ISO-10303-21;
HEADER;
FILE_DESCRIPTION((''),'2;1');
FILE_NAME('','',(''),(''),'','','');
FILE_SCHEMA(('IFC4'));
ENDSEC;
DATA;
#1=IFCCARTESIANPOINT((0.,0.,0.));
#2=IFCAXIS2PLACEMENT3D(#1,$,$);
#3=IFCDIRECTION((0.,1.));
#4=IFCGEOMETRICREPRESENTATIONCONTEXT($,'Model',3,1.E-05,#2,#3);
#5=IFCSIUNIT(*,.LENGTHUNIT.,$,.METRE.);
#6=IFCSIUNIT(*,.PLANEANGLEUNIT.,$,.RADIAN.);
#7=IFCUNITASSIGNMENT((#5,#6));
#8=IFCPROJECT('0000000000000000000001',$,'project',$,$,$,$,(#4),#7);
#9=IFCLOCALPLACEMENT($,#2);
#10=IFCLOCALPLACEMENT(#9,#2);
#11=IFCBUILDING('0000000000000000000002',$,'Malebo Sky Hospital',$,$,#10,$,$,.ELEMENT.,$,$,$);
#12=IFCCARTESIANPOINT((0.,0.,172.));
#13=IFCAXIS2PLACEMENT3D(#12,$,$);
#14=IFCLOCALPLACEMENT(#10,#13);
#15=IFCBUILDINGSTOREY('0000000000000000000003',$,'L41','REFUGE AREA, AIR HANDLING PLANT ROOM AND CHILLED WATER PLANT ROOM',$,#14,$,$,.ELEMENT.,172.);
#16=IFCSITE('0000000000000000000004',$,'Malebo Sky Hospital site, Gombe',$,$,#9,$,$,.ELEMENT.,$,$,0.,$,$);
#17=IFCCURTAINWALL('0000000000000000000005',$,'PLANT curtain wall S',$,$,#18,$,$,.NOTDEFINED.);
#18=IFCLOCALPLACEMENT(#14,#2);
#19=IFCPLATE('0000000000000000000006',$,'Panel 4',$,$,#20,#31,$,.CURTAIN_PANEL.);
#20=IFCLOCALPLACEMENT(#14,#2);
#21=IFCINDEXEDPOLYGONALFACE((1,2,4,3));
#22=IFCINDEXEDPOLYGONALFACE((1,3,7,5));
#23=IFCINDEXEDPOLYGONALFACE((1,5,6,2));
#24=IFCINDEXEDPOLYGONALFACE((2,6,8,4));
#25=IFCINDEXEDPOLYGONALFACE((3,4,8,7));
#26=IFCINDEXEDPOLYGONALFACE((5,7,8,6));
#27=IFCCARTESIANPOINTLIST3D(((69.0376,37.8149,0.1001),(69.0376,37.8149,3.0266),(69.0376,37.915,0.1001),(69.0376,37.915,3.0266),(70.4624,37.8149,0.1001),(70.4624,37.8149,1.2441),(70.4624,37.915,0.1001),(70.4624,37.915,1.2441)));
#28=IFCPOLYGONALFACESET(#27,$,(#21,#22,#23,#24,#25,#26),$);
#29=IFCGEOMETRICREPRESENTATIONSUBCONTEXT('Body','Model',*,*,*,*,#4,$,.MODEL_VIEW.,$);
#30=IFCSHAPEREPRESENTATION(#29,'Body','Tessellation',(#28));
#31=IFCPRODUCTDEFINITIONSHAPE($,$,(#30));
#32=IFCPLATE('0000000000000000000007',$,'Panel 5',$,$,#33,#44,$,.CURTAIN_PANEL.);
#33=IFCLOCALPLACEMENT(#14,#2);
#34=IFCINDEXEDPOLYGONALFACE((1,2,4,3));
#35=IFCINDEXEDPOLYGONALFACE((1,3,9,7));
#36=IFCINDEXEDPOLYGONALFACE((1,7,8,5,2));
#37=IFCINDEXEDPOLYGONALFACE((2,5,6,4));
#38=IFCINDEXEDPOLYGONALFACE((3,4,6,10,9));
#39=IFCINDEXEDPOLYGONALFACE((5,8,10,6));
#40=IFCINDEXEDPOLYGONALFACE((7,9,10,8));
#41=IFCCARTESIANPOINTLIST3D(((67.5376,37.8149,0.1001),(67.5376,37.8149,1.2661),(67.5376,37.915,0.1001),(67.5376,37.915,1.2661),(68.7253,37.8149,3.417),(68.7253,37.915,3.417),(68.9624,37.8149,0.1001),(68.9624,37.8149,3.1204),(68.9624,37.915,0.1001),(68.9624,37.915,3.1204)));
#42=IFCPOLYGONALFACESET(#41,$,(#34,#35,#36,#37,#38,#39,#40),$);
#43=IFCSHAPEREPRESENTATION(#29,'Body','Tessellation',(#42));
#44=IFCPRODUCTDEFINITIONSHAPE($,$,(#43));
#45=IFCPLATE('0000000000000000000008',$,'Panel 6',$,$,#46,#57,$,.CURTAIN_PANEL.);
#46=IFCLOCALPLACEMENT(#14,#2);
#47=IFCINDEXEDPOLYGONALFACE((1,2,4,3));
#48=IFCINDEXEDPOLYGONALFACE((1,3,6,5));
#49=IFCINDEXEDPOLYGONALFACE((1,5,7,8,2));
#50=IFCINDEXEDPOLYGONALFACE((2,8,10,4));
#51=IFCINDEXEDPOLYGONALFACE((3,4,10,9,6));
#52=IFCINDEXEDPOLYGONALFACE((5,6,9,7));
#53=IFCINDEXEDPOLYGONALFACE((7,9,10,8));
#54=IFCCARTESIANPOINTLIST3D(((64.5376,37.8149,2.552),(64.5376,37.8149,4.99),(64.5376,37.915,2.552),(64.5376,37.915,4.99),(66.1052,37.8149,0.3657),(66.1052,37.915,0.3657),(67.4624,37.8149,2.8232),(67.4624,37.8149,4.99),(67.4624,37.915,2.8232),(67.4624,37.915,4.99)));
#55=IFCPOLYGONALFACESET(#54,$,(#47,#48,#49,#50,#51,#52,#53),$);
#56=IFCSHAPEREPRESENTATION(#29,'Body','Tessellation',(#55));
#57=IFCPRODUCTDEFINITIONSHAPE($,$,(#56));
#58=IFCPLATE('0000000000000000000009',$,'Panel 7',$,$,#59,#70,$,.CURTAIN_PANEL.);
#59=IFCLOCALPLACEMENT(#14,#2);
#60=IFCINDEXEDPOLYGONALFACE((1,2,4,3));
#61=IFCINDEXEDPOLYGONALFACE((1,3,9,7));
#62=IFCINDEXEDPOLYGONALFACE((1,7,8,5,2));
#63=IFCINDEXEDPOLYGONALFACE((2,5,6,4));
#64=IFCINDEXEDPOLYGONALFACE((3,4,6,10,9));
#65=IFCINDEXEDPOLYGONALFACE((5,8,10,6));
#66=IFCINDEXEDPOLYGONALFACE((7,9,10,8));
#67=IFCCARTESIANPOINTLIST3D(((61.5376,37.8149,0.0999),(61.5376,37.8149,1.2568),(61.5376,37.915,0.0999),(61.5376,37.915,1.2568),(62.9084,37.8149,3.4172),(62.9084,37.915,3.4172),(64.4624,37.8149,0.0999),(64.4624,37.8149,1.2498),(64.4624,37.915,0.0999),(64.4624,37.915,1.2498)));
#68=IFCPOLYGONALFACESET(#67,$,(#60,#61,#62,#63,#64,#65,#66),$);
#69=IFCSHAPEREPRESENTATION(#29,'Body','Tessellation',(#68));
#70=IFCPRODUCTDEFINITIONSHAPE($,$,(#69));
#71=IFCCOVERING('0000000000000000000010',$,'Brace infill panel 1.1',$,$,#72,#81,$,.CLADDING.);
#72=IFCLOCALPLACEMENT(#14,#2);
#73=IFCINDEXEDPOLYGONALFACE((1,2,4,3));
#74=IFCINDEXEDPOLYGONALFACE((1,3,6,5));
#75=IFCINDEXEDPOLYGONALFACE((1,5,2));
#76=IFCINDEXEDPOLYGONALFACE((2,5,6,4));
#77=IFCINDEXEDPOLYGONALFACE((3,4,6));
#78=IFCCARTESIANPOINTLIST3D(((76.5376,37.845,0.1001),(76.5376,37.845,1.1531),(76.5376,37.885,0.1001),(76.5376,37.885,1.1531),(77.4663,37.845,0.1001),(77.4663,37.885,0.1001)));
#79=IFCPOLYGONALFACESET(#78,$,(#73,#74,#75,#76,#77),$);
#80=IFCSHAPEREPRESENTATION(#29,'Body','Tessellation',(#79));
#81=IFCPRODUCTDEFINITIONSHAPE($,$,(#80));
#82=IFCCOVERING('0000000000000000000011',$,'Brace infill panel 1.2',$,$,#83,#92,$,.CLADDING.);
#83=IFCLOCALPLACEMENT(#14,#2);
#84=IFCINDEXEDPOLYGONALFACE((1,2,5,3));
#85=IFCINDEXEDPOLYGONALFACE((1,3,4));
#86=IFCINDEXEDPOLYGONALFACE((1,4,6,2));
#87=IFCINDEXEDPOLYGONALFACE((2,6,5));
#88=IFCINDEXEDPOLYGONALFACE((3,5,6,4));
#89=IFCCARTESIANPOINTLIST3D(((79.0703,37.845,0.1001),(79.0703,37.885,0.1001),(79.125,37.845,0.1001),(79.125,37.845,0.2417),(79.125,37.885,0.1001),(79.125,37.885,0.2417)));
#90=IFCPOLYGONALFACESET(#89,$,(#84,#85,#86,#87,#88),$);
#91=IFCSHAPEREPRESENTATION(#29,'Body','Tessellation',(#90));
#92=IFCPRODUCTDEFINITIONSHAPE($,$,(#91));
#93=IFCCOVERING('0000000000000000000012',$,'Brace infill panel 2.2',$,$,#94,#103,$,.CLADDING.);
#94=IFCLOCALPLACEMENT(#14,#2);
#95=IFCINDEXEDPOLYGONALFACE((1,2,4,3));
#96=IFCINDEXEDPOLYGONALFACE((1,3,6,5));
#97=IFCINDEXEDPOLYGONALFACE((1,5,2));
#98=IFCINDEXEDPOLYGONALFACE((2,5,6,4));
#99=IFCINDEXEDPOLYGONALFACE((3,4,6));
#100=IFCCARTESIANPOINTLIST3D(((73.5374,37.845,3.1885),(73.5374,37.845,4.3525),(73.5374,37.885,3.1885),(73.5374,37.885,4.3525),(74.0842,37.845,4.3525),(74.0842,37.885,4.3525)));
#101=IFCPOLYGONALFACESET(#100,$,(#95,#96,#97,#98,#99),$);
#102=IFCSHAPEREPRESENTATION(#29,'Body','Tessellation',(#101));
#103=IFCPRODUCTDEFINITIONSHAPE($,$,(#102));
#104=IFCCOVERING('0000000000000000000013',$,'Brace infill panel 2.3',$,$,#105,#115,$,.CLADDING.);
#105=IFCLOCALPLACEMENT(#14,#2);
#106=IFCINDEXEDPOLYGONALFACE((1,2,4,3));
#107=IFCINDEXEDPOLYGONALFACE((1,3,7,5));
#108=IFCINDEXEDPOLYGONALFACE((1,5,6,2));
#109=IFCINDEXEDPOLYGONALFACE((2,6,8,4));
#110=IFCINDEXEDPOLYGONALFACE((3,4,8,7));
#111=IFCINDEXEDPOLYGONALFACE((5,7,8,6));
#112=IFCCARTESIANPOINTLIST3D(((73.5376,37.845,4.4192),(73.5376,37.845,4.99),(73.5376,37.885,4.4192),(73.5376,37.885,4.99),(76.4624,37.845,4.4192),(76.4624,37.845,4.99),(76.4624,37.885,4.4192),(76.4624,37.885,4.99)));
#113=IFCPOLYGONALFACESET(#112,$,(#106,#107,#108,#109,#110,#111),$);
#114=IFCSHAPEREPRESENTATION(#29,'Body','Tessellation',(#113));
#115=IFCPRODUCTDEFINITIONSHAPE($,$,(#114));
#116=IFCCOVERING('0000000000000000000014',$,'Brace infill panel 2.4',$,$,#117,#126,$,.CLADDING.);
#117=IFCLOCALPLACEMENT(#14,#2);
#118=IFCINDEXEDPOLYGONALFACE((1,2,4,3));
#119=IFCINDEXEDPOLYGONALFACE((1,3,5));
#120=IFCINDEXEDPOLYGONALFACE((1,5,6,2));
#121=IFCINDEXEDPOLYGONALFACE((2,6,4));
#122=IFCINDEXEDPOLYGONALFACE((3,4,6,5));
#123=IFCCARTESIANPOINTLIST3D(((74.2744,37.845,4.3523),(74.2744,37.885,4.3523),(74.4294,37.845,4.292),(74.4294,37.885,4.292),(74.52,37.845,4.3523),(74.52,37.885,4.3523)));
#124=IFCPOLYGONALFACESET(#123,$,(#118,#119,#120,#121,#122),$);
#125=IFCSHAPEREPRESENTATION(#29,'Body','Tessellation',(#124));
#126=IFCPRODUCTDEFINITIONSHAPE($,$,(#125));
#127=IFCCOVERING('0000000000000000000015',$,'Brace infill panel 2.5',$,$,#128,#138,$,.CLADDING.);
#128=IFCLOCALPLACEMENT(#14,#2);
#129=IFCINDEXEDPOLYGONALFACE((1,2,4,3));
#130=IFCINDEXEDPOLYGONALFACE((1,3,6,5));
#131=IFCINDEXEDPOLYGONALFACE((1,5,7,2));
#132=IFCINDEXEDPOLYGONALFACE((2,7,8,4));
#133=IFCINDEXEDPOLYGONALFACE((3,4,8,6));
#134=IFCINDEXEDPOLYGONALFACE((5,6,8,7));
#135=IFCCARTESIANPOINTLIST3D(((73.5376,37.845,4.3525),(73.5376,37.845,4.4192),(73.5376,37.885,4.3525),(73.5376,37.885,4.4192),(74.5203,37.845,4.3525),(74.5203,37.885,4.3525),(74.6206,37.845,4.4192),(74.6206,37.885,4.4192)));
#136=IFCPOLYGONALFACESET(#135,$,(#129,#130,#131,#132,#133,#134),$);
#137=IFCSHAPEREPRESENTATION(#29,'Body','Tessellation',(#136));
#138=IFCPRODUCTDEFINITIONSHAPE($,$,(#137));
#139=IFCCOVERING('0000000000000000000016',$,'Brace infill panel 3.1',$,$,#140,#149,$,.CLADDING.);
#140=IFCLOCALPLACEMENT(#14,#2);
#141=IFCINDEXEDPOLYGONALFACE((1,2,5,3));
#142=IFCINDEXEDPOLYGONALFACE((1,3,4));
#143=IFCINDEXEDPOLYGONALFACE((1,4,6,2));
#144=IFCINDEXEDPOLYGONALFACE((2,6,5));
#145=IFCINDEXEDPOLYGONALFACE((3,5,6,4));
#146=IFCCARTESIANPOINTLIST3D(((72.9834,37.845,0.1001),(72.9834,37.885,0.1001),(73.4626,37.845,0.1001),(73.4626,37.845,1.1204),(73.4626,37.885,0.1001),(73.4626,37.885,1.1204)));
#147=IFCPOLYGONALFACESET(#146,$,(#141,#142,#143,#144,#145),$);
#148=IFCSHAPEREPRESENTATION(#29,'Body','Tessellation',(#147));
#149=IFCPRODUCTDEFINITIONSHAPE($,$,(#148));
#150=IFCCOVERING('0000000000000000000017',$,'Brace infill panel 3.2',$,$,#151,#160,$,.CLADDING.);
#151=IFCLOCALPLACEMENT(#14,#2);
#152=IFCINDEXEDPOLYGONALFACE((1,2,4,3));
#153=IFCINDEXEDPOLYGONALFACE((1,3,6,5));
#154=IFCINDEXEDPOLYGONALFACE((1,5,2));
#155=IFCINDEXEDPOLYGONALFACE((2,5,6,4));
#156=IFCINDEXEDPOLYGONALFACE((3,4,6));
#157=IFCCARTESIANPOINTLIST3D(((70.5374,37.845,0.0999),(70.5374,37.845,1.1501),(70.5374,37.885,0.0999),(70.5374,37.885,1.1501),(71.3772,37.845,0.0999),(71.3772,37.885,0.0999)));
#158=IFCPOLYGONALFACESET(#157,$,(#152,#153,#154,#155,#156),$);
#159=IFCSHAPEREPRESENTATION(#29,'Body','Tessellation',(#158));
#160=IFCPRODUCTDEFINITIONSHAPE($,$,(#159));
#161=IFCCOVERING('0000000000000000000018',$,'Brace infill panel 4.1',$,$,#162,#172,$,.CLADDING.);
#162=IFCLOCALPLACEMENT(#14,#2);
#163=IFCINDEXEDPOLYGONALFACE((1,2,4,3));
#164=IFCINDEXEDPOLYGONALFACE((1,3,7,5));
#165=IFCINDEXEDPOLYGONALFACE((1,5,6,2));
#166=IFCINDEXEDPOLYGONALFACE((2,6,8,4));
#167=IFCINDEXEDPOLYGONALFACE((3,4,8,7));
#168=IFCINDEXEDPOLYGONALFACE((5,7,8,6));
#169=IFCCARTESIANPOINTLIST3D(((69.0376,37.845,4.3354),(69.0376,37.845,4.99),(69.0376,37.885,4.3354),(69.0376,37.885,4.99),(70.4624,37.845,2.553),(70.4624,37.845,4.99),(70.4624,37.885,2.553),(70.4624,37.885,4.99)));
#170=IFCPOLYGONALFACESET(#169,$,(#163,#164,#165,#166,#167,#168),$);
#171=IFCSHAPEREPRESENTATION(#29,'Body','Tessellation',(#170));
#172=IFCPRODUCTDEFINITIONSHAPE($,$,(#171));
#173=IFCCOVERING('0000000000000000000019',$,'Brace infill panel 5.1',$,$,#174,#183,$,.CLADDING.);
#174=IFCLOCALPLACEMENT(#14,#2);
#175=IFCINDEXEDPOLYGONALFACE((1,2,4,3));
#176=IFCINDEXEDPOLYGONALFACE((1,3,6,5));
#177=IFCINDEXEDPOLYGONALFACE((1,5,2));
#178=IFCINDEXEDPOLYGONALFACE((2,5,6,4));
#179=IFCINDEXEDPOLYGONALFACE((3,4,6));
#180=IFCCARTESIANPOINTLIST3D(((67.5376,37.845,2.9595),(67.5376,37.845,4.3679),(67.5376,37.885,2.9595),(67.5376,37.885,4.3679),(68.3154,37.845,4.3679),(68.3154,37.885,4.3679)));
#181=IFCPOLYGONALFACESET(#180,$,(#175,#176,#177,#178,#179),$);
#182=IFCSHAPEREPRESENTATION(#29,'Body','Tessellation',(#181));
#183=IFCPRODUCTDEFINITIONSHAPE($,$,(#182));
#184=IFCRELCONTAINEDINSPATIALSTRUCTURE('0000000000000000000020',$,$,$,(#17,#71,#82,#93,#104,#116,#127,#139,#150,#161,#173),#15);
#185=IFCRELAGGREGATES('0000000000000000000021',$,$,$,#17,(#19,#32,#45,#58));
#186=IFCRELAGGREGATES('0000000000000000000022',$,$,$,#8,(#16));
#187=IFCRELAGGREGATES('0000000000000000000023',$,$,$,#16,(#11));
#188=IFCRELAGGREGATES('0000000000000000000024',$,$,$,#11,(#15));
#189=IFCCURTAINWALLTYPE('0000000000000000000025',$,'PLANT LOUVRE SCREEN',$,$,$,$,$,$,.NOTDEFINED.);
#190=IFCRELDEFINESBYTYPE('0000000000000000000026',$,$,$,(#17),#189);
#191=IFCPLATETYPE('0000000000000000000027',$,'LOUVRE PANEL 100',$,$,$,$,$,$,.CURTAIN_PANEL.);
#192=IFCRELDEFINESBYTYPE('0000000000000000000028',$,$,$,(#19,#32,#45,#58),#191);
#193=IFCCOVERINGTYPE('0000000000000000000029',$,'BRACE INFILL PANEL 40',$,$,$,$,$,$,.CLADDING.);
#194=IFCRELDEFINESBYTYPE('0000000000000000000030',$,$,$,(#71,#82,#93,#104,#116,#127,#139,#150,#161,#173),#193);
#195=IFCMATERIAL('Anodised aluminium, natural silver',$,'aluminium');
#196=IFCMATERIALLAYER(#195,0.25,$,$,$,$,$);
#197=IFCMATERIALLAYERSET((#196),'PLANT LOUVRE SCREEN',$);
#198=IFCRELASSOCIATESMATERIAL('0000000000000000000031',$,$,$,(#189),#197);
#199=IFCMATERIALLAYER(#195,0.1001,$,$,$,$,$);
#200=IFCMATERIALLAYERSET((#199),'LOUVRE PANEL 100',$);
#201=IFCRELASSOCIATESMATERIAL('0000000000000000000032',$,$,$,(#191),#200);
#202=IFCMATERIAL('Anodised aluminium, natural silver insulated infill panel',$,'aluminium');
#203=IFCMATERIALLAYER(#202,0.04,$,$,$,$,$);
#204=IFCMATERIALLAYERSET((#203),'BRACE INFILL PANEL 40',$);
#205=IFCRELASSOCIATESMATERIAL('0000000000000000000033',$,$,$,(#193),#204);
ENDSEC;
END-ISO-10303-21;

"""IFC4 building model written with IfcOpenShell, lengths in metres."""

from ifc_helpers import new_model, si_unit, direction, frame, origin, place, context, subcontext, project, spatial, polyline, outline, extrude, material, layer, layer_set, type_object, element, aggregate, save


model = new_model("IFC4")

# Units and contexts
model_context = context("Model", 3, precision=1e-05, world=origin(), true_north=direction((0.0, 1.0)))
body_context = subcontext(model_context, "Body", "Model", "MODEL_VIEW")
ifc_project = project(units=[si_unit("LENGTHUNIT", "METRE"), si_unit("PLANEANGLEUNIT", "RADIAN")], contexts=[model_context])

# Site, building, storey
site_placement = place(None, origin())
site = spatial("IfcSite", under=ifc_project, at=site_placement, Name="Malebo Sky Hospital site, Gombe", CompositionType="ELEMENT", RefElevation=0.0)
building_placement = place(site_placement, origin())
building = spatial("IfcBuilding", under=site, at=building_placement, Name="Malebo Sky Hospital", CompositionType="ELEMENT")
storey_placement = place(building_placement, frame((0.0, 0.0, 172.0)))
storey = spatial("IfcBuildingStorey", under=building, at=storey_placement, Name="L41", Description="REFUGE AREA, AIR HANDLING PLANT ROOM AND CHILLED WATER PLANT ROOM", CompositionType="ELEMENT", Elevation=172.0)

# Curtain wall
ifc_material_1 = material(Name="Anodised aluminium, natural silver", Category="aluminium")
ifc_layer_1 = layer(ifc_material_1, 0.25)
ifc_layer_set_1 = layer_set([ifc_layer_1], Name="PLANT LOUVRE SCREEN")
curtain_wall_type = type_object("IfcCurtainWallType", Name="PLANT LOUVRE SCREEN", PredefinedType="NOTDEFINED", material=ifc_layer_set_1)
curtain_wall_placement = place(storey_placement, origin())
curtain_wall = element("IfcCurtainWall", 1, at=curtain_wall_placement, inside=storey, type_object=curtain_wall_type, Name="PLANT curtain wall S", PredefinedType="NOTDEFINED")

# Plates
ifc_layer_2 = layer(ifc_material_1, 0.1001)
ifc_layer_set_2 = layer_set([ifc_layer_2], Name="LOUVRE PANEL 100")
plate_type = type_object("IfcPlateType", Name="LOUVRE PANEL 100", PredefinedType="CURTAIN_PANEL", material=ifc_layer_set_2)
plate_1_placement = place(storey_placement, frame((69.75, 37.865, 0.1001), z_axis=(0.0, 0.0, 1.0), x_axis=(-1.0, 0.0, 0.0)))
plate_1 = element("IfcPlate", 2, at=plate_1_placement, type_object=plate_type, Name="Panel 4", PredefinedType="CURTAIN_PANEL", context=body_context, shape_type="SweptSolid", body=[
    extrude(outline(polyline([(-0.7124, 0.0), (0.7124, 0.0), (0.7124, 2.9265), (-0.7124, 1.144), (-0.7124, 0.0)])), frame((0.0, 0.05, 0.0), z_axis=(0.0, -1.0, 0.0), x_axis=(1.0, 0.0, 0.0)), (0.0, 0.0, 1.0), 0.1001),
])
plate_2_placement = place(storey_placement, frame((68.25, 37.865, 0.1001), z_axis=(0.0, 0.0, 1.0), x_axis=(-1.0, 0.0, 0.0)))
plate_2 = element("IfcPlate", 3, at=plate_2_placement, type_object=plate_type, Name="Panel 5", PredefinedType="CURTAIN_PANEL", context=body_context, shape_type="SweptSolid", body=[
    extrude(outline(polyline([(-0.7124, 0.0), (0.7124, 0.0), (0.7124, 1.166), (-0.4753, 3.3169), (-0.7124, 3.0203), (-0.7124, 0.0)])), frame((0.0, 0.05, 0.0), z_axis=(0.0, -1.0, 0.0), x_axis=(1.0, 0.0, 0.0)), (0.0, 0.0, 1.0), 0.1001),
])
plate_3_placement = place(storey_placement, frame((66.0, 37.865, 0.3657), z_axis=(0.0, 0.0, 1.0), x_axis=(-1.0, 0.0, 0.0)))
plate_3 = element("IfcPlate", 4, at=plate_3_placement, type_object=plate_type, Name="Panel 6", PredefinedType="CURTAIN_PANEL", context=body_context, shape_type="SweptSolid", body=[
    extrude(outline(polyline([(-0.1052, 0.0), (1.4624, 2.1863), (1.4624, 4.6243), (-1.4624, 4.6243), (-1.4624, 2.4575), (-0.1052, 0.0)])), frame((0.0, 0.05, 0.0), z_axis=(0.0, -1.0, 0.0), x_axis=(1.0, 0.0, 0.0)), (0.0, 0.0, 1.0), 0.1001),
])
plate_4_placement = place(storey_placement, frame((63.0, 37.865, 0.0999), z_axis=(0.0, 0.0, 1.0), x_axis=(-1.0, 0.0, 0.0)))
plate_4 = element("IfcPlate", 5, at=plate_4_placement, type_object=plate_type, Name="Panel 7", PredefinedType="CURTAIN_PANEL", context=body_context, shape_type="SweptSolid", body=[
    extrude(outline(polyline([(-1.4624, 0.0), (1.4624, 0.0), (1.4624, 1.157), (0.0916, 3.3174), (-1.4624, 1.1499), (-1.4624, 0.0)])), frame((0.0, 0.05, 0.0), z_axis=(0.0, -1.0, 0.0), x_axis=(1.0, 0.0, 0.0)), (0.0, 0.0, 1.0), 0.1001),
])
aggregate(curtain_wall, [plate_1, plate_2, plate_3, plate_4])

# Coverings
ifc_material_2 = material(Name="Anodised aluminium, natural silver insulated infill panel", Category="aluminium")
ifc_layer_3 = layer(ifc_material_2, 0.04)
ifc_layer_set_3 = layer_set([ifc_layer_3], Name="BRACE INFILL PANEL 40")
covering_type = type_object("IfcCoveringType", Name="BRACE INFILL PANEL 40", PredefinedType="CLADDING", material=ifc_layer_set_3)
covering_1_placement = place(storey_placement, frame((77.002, 37.865, 0.1001), z_axis=(0.0, 0.0, 1.0), x_axis=(-1.0, 0.0, 0.0)))
element("IfcCovering", 6, at=covering_1_placement, inside=storey, type_object=covering_type, Name="Brace infill panel 1.1", PredefinedType="CLADDING", context=body_context, shape_type="SweptSolid", body=[
    extrude(outline(polyline([(-0.4644, 0.0), (0.4644, 0.0), (0.4644, 1.053), (-0.4644, 0.0)])), frame((0.0, 0.02, 0.0), z_axis=(0.0, -1.0, 0.0), x_axis=(1.0, 0.0, 0.0)), (0.0, 0.0, 1.0), 0.04),
])
covering_2_placement = place(storey_placement, frame((79.0977, 37.865, 0.1001), z_axis=(0.0, 0.0, 1.0), x_axis=(-1.0, 0.0, 0.0)))
element("IfcCovering", 7, at=covering_2_placement, inside=storey, type_object=covering_type, Name="Brace infill panel 1.2", PredefinedType="CLADDING", context=body_context, shape_type="SweptSolid", body=[
    extrude(outline(polyline([(-0.0273, 0.0), (0.0273, 0.0), (-0.0273, 0.1416), (-0.0273, 0.0)])), frame((0.0, 0.02, 0.0), z_axis=(0.0, -1.0, 0.0), x_axis=(1.0, 0.0, 0.0)), (0.0, 0.0, 1.0), 0.04),
])
covering_3_placement = place(storey_placement, frame((73.8108, 37.865, 3.1885), z_axis=(0.0, 0.0, 1.0), x_axis=(-1.0, 0.0, 0.0)))
element("IfcCovering", 8, at=covering_3_placement, inside=storey, type_object=covering_type, Name="Brace infill panel 2.2", PredefinedType="CLADDING", context=body_context, shape_type="SweptSolid", body=[
    extrude(outline(polyline([(0.2734, 0.0), (0.2734, 1.1641), (-0.2734, 1.1641), (0.2734, 0.0)])), frame((0.0, 0.02, 0.0), z_axis=(0.0, -1.0, 0.0), x_axis=(1.0, 0.0, 0.0)), (0.0, 0.0, 1.0), 0.04),
])
covering_4_placement = place(storey_placement, frame((75.0, 37.865, 4.4192), z_axis=(0.0, 0.0, 1.0), x_axis=(-1.0, 0.0, 0.0)))
element("IfcCovering", 9, at=covering_4_placement, inside=storey, type_object=covering_type, Name="Brace infill panel 2.3", PredefinedType="CLADDING", context=body_context, shape_type="SweptSolid", body=[
    extrude(outline(polyline([(-1.4624, 0.0), (1.4624, 0.0), (1.4624, 0.5708), (-1.4624, 0.5708), (-1.4624, 0.0)])), frame((0.0, 0.02, 0.0), z_axis=(0.0, -1.0, 0.0), x_axis=(1.0, 0.0, 0.0)), (0.0, 0.0, 1.0), 0.04),
])
covering_5_placement = place(storey_placement, frame((74.3972, 37.865, 4.292), z_axis=(0.0, 0.0, 1.0), x_axis=(-1.0, 0.0, 0.0)))
element("IfcCovering", 10, at=covering_5_placement, inside=storey, type_object=covering_type, Name="Brace infill panel 2.4", PredefinedType="CLADDING", context=body_context, shape_type="SweptSolid", body=[
    extrude(outline(polyline([(-0.0322, 0.0), (0.1228, 0.0603), (-0.1228, 0.0603), (-0.0322, 0.0)])), frame((0.0, 0.02, 0.0), z_axis=(0.0, -1.0, 0.0), x_axis=(1.0, 0.0, 0.0)), (0.0, 0.0, 1.0), 0.04),
])
covering_6_placement = place(storey_placement, frame((74.0791, 37.865, 4.3525), z_axis=(0.0, 0.0, 1.0), x_axis=(-1.0, 0.0, 0.0)))
element("IfcCovering", 11, at=covering_6_placement, inside=storey, type_object=covering_type, Name="Brace infill panel 2.5", PredefinedType="CLADDING", context=body_context, shape_type="SweptSolid", body=[
    extrude(outline(polyline([(-0.4412, 0.0), (0.5415, 0.0), (0.5415, 0.0667), (-0.5415, 0.0667), (-0.4412, 0.0)])), frame((0.0, 0.02, 0.0), z_axis=(0.0, -1.0, 0.0), x_axis=(1.0, 0.0, 0.0)), (0.0, 0.0, 1.0), 0.04),
])
covering_7_placement = place(storey_placement, frame((73.2229, 37.865, 0.1001), z_axis=(0.0, 0.0, 1.0), x_axis=(-1.0, 0.0, 0.0)))
element("IfcCovering", 12, at=covering_7_placement, inside=storey, type_object=covering_type, Name="Brace infill panel 3.1", PredefinedType="CLADDING", context=body_context, shape_type="SweptSolid", body=[
    extrude(outline(polyline([(-0.2397, 0.0), (0.2395, 0.0), (-0.2397, 1.0203), (-0.2397, 0.0)])), frame((0.0, 0.02, 0.0), z_axis=(0.0, -1.0, 0.0), x_axis=(1.0, 0.0, 0.0)), (0.0, 0.0, 1.0), 0.04),
])
covering_8_placement = place(storey_placement, frame((70.9573, 37.865, 0.0999), z_axis=(0.0, 0.0, 1.0), x_axis=(-1.0, 0.0, 0.0)))
element("IfcCovering", 13, at=covering_8_placement, inside=storey, type_object=covering_type, Name="Brace infill panel 3.2", PredefinedType="CLADDING", context=body_context, shape_type="SweptSolid", body=[
    extrude(outline(polyline([(-0.4199, 0.0), (0.4199, 0.0), (0.4199, 1.0503), (-0.4199, 0.0)])), frame((0.0, 0.02, 0.0), z_axis=(0.0, -1.0, 0.0), x_axis=(1.0, 0.0, 0.0)), (0.0, 0.0, 1.0), 0.04),
])
covering_9_placement = place(storey_placement, frame((69.75, 37.865, 2.553), z_axis=(0.0, 0.0, 1.0), x_axis=(-1.0, 0.0, 0.0)))
element("IfcCovering", 14, at=covering_9_placement, inside=storey, type_object=covering_type, Name="Brace infill panel 4.1", PredefinedType="CLADDING", context=body_context, shape_type="SweptSolid", body=[
    extrude(outline(polyline([(-0.7124, 0.0), (0.7124, 1.7825), (0.7124, 2.437), (-0.7124, 2.437), (-0.7124, 0.0)])), frame((0.0, 0.02, 0.0), z_axis=(0.0, -1.0, 0.0), x_axis=(1.0, 0.0, 0.0)), (0.0, 0.0, 1.0), 0.04),
])
covering_10_placement = place(storey_placement, frame((67.9265, 37.865, 2.9595), z_axis=(0.0, 0.0, 1.0), x_axis=(-1.0, 0.0, 0.0)))
element("IfcCovering", 15, at=covering_10_placement, inside=storey, type_object=covering_type, Name="Brace infill panel 5.1", PredefinedType="CLADDING", context=body_context, shape_type="SweptSolid", body=[
    extrude(outline(polyline([(0.3889, 0.0), (0.3889, 1.4084), (-0.3889, 1.4084), (0.3889, 0.0)])), frame((0.0, 0.02, 0.0), z_axis=(0.0, -1.0, 0.0), x_axis=(1.0, 0.0, 0.0)), (0.0, 0.0, 1.0), 0.04),
])

save(model, "model.ifc")
